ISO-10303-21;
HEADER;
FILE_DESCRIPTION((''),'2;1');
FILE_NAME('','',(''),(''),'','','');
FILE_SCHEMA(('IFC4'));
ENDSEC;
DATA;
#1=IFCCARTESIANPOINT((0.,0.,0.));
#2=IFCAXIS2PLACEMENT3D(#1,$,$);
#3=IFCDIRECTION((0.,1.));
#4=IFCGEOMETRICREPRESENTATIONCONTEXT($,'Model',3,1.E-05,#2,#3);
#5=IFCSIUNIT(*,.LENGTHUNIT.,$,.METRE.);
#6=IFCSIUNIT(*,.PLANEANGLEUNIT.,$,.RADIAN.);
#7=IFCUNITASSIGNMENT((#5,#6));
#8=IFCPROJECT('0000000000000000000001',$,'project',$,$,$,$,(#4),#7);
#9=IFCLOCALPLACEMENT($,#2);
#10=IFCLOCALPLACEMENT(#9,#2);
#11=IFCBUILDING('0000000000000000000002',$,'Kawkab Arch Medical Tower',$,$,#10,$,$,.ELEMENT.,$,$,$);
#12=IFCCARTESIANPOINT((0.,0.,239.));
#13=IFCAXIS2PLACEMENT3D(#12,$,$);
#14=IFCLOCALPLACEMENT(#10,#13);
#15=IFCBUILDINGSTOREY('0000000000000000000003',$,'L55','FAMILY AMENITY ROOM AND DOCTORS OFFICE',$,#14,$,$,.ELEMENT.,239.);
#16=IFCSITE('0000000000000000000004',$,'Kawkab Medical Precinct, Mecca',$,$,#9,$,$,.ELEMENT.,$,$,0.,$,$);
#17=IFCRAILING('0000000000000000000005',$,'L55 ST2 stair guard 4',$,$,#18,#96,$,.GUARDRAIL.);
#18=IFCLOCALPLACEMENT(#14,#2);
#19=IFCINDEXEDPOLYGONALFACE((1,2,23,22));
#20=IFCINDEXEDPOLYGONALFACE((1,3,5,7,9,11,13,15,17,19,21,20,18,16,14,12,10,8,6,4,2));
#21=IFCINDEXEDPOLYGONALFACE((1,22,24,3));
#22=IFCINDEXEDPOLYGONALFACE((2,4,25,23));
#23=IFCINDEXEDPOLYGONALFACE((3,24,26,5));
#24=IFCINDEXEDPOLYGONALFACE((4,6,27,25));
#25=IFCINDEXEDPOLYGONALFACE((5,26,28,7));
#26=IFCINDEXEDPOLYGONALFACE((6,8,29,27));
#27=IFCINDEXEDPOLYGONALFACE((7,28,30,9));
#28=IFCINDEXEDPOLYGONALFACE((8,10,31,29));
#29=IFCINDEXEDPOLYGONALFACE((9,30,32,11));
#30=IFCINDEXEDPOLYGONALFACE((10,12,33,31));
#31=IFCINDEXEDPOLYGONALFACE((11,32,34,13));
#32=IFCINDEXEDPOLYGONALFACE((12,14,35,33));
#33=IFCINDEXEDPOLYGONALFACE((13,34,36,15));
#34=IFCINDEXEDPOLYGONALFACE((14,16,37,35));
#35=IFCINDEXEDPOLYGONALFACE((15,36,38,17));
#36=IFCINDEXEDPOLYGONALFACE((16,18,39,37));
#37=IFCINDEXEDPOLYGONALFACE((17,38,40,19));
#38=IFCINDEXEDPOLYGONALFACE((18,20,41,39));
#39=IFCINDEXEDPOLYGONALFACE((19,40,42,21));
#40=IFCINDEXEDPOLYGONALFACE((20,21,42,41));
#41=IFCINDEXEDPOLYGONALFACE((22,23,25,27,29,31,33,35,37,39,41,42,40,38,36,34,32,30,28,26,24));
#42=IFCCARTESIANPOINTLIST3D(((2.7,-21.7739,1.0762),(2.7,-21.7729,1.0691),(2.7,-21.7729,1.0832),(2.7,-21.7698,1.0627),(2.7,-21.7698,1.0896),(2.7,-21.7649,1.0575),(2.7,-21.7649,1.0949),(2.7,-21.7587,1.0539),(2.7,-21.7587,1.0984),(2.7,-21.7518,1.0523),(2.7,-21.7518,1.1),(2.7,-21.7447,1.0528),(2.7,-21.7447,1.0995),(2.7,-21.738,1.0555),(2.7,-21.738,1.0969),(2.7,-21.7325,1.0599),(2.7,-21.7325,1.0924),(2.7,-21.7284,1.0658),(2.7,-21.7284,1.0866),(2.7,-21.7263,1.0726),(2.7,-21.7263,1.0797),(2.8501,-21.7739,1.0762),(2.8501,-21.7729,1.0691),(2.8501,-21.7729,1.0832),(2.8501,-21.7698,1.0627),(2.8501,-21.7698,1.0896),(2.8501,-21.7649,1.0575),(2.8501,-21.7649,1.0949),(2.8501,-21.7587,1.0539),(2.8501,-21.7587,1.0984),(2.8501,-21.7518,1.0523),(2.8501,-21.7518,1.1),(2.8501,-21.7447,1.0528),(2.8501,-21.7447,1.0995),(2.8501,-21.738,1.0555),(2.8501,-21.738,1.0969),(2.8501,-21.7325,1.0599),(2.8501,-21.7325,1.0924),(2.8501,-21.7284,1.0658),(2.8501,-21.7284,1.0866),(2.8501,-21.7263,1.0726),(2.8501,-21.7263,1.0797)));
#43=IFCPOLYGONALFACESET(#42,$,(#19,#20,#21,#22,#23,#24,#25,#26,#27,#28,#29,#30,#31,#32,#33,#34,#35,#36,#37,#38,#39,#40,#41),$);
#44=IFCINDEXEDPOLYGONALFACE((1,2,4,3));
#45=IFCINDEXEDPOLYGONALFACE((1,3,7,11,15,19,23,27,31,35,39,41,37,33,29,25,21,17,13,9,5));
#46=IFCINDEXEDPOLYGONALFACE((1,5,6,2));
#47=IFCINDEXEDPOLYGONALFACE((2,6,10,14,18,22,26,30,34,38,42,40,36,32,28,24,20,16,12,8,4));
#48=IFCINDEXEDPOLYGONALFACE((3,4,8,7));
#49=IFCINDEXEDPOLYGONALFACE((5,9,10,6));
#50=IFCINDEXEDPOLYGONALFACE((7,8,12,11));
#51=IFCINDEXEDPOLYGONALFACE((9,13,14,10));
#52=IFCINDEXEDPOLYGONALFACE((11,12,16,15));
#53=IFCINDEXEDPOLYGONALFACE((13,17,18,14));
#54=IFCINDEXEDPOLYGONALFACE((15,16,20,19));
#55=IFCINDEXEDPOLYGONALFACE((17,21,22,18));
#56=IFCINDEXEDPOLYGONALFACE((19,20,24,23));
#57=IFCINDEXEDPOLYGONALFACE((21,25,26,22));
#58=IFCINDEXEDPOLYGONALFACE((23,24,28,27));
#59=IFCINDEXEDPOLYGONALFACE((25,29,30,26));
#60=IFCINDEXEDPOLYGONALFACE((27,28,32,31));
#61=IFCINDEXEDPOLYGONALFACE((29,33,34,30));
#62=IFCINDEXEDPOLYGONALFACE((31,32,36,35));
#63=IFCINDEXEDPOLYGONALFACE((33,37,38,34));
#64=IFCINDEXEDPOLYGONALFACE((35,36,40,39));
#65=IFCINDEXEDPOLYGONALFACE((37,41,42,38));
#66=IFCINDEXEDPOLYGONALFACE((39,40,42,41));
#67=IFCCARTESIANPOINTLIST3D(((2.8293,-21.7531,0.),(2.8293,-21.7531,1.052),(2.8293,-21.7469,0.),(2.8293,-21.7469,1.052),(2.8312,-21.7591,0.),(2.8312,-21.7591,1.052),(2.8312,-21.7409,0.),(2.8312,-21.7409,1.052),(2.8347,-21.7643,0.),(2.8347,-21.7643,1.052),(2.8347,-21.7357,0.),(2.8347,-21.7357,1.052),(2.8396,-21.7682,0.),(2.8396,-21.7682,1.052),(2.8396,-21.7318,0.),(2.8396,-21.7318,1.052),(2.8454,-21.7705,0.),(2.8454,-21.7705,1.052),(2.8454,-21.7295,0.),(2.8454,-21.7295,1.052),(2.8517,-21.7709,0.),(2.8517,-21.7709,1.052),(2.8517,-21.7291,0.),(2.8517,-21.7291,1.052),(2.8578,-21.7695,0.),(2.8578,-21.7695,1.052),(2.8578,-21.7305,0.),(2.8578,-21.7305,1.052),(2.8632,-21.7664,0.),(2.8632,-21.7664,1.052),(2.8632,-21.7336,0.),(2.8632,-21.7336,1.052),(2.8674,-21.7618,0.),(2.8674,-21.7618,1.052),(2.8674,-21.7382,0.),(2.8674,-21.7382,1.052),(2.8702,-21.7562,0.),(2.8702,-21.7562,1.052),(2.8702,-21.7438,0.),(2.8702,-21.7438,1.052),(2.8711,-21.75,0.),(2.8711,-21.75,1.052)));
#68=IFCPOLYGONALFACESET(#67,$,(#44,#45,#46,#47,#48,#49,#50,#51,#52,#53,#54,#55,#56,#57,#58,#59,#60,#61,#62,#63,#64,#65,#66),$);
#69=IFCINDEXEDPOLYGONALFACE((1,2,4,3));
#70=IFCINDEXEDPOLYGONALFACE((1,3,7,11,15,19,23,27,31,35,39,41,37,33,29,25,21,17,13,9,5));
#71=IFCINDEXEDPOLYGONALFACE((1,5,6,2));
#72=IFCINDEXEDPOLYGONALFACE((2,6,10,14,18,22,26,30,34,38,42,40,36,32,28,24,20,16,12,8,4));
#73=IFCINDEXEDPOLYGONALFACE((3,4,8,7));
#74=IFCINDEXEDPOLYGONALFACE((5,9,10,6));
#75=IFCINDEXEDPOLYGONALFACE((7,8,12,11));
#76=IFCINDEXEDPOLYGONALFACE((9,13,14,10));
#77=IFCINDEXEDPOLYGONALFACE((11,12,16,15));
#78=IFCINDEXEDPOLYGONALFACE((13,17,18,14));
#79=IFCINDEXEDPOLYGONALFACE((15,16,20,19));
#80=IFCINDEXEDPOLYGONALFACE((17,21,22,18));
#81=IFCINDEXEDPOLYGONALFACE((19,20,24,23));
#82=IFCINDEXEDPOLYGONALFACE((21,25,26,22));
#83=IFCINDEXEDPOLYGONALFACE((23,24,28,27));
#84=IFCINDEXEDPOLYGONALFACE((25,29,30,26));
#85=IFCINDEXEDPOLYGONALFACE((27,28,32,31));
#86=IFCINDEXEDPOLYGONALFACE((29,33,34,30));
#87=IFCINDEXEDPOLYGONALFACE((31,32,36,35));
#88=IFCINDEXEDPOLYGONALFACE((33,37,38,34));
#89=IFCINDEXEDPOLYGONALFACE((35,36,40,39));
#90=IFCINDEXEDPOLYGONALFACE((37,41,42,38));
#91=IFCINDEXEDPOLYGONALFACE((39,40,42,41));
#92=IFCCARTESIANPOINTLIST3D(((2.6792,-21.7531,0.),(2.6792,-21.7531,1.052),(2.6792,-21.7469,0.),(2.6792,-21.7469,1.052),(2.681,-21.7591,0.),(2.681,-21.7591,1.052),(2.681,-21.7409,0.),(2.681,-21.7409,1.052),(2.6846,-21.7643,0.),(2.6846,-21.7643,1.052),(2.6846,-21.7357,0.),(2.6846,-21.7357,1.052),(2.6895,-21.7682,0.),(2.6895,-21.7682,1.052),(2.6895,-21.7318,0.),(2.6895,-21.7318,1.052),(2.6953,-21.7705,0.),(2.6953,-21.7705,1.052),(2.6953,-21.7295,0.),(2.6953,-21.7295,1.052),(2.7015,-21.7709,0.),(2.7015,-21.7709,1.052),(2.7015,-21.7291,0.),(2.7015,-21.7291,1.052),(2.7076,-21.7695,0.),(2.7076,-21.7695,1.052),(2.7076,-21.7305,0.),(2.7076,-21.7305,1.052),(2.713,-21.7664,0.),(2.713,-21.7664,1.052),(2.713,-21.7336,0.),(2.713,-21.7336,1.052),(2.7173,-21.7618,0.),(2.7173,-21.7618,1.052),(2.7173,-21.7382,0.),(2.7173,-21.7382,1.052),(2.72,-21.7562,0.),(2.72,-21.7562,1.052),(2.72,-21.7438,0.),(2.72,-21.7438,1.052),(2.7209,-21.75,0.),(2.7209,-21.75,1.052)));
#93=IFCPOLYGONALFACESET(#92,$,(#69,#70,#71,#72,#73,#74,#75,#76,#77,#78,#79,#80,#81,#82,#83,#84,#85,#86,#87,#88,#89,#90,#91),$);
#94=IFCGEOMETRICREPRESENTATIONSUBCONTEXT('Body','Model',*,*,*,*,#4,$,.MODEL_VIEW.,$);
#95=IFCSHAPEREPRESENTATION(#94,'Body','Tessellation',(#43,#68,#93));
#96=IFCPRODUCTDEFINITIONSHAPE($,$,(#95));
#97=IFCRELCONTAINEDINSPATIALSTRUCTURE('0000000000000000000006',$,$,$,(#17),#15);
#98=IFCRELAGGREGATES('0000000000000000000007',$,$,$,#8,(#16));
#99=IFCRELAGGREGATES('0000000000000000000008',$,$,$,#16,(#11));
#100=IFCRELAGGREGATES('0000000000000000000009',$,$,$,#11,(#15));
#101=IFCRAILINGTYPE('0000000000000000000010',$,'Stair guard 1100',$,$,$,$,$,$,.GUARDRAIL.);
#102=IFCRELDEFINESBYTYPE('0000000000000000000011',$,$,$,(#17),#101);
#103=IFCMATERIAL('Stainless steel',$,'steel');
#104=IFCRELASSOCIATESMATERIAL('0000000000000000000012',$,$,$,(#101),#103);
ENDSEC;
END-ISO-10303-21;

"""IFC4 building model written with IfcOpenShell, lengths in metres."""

from ifc_helpers import new_model, si_unit, direction, frame, origin, origin_2d, place, context, subcontext, project, spatial, circle, extrude, material, type_object, element, save


model = new_model("IFC4")

# Units and contexts
model_context = context("Model", 3, precision=1e-05, world=origin(), true_north=direction((0.0, 1.0)))
body_context = subcontext(model_context, "Body", "Model", "MODEL_VIEW")
ifc_project = project(units=[si_unit("LENGTHUNIT", "METRE"), si_unit("PLANEANGLEUNIT", "RADIAN")], contexts=[model_context])

# Site, building, storey
site_placement = place(None, origin())
site = spatial("IfcSite", under=ifc_project, at=site_placement, Name="Kawkab Medical Precinct, Mecca", CompositionType="ELEMENT", RefElevation=0.0)
building_placement = place(site_placement, origin())
building = spatial("IfcBuilding", under=site, at=building_placement, Name="Kawkab Arch Medical Tower", CompositionType="ELEMENT")
storey_placement = place(building_placement, frame((0.0, 0.0, 239.0)))
storey = spatial("IfcBuildingStorey", under=building, at=storey_placement, Name="L55", Description="FAMILY AMENITY ROOM AND DOCTORS OFFICE", CompositionType="ELEMENT", Elevation=239.0)

# Railing
ifc_material_1 = material(Name="Stainless steel", Category="steel")
railing_type = type_object("IfcRailingType", Name="Stair guard 1100", PredefinedType="GUARDRAIL", material=ifc_material_1)
railing_1_placement = place(storey_placement, frame((2.8501, -21.75, 0.0)))
element("IfcRailing", 1, at=railing_1_placement, inside=storey, type_object=railing_type, Name="L55 ST2 stair guard 4", PredefinedType="GUARDRAIL", context=body_context, shape_type="SweptSolid", body=[
    extrude(circle(Radius=0.0239, at=origin_2d()), frame((0.0, 0.0, 1.0762), z_axis=(-1.0, 0.0, 0.0), x_axis=(0.0, -1.0, 0.0)), (0.0, 0.0, 1.0), 0.1501),
    extrude(circle(Radius=0.021, at=origin_2d()), origin(), (0.0, 0.0, 1.0), 1.052),
    extrude(circle(Radius=0.021, at=origin_2d()), frame((-0.1501, 0.0, 0.0)), (0.0, 0.0, 1.0), 1.052),
])

save(model, "model.ifc")
